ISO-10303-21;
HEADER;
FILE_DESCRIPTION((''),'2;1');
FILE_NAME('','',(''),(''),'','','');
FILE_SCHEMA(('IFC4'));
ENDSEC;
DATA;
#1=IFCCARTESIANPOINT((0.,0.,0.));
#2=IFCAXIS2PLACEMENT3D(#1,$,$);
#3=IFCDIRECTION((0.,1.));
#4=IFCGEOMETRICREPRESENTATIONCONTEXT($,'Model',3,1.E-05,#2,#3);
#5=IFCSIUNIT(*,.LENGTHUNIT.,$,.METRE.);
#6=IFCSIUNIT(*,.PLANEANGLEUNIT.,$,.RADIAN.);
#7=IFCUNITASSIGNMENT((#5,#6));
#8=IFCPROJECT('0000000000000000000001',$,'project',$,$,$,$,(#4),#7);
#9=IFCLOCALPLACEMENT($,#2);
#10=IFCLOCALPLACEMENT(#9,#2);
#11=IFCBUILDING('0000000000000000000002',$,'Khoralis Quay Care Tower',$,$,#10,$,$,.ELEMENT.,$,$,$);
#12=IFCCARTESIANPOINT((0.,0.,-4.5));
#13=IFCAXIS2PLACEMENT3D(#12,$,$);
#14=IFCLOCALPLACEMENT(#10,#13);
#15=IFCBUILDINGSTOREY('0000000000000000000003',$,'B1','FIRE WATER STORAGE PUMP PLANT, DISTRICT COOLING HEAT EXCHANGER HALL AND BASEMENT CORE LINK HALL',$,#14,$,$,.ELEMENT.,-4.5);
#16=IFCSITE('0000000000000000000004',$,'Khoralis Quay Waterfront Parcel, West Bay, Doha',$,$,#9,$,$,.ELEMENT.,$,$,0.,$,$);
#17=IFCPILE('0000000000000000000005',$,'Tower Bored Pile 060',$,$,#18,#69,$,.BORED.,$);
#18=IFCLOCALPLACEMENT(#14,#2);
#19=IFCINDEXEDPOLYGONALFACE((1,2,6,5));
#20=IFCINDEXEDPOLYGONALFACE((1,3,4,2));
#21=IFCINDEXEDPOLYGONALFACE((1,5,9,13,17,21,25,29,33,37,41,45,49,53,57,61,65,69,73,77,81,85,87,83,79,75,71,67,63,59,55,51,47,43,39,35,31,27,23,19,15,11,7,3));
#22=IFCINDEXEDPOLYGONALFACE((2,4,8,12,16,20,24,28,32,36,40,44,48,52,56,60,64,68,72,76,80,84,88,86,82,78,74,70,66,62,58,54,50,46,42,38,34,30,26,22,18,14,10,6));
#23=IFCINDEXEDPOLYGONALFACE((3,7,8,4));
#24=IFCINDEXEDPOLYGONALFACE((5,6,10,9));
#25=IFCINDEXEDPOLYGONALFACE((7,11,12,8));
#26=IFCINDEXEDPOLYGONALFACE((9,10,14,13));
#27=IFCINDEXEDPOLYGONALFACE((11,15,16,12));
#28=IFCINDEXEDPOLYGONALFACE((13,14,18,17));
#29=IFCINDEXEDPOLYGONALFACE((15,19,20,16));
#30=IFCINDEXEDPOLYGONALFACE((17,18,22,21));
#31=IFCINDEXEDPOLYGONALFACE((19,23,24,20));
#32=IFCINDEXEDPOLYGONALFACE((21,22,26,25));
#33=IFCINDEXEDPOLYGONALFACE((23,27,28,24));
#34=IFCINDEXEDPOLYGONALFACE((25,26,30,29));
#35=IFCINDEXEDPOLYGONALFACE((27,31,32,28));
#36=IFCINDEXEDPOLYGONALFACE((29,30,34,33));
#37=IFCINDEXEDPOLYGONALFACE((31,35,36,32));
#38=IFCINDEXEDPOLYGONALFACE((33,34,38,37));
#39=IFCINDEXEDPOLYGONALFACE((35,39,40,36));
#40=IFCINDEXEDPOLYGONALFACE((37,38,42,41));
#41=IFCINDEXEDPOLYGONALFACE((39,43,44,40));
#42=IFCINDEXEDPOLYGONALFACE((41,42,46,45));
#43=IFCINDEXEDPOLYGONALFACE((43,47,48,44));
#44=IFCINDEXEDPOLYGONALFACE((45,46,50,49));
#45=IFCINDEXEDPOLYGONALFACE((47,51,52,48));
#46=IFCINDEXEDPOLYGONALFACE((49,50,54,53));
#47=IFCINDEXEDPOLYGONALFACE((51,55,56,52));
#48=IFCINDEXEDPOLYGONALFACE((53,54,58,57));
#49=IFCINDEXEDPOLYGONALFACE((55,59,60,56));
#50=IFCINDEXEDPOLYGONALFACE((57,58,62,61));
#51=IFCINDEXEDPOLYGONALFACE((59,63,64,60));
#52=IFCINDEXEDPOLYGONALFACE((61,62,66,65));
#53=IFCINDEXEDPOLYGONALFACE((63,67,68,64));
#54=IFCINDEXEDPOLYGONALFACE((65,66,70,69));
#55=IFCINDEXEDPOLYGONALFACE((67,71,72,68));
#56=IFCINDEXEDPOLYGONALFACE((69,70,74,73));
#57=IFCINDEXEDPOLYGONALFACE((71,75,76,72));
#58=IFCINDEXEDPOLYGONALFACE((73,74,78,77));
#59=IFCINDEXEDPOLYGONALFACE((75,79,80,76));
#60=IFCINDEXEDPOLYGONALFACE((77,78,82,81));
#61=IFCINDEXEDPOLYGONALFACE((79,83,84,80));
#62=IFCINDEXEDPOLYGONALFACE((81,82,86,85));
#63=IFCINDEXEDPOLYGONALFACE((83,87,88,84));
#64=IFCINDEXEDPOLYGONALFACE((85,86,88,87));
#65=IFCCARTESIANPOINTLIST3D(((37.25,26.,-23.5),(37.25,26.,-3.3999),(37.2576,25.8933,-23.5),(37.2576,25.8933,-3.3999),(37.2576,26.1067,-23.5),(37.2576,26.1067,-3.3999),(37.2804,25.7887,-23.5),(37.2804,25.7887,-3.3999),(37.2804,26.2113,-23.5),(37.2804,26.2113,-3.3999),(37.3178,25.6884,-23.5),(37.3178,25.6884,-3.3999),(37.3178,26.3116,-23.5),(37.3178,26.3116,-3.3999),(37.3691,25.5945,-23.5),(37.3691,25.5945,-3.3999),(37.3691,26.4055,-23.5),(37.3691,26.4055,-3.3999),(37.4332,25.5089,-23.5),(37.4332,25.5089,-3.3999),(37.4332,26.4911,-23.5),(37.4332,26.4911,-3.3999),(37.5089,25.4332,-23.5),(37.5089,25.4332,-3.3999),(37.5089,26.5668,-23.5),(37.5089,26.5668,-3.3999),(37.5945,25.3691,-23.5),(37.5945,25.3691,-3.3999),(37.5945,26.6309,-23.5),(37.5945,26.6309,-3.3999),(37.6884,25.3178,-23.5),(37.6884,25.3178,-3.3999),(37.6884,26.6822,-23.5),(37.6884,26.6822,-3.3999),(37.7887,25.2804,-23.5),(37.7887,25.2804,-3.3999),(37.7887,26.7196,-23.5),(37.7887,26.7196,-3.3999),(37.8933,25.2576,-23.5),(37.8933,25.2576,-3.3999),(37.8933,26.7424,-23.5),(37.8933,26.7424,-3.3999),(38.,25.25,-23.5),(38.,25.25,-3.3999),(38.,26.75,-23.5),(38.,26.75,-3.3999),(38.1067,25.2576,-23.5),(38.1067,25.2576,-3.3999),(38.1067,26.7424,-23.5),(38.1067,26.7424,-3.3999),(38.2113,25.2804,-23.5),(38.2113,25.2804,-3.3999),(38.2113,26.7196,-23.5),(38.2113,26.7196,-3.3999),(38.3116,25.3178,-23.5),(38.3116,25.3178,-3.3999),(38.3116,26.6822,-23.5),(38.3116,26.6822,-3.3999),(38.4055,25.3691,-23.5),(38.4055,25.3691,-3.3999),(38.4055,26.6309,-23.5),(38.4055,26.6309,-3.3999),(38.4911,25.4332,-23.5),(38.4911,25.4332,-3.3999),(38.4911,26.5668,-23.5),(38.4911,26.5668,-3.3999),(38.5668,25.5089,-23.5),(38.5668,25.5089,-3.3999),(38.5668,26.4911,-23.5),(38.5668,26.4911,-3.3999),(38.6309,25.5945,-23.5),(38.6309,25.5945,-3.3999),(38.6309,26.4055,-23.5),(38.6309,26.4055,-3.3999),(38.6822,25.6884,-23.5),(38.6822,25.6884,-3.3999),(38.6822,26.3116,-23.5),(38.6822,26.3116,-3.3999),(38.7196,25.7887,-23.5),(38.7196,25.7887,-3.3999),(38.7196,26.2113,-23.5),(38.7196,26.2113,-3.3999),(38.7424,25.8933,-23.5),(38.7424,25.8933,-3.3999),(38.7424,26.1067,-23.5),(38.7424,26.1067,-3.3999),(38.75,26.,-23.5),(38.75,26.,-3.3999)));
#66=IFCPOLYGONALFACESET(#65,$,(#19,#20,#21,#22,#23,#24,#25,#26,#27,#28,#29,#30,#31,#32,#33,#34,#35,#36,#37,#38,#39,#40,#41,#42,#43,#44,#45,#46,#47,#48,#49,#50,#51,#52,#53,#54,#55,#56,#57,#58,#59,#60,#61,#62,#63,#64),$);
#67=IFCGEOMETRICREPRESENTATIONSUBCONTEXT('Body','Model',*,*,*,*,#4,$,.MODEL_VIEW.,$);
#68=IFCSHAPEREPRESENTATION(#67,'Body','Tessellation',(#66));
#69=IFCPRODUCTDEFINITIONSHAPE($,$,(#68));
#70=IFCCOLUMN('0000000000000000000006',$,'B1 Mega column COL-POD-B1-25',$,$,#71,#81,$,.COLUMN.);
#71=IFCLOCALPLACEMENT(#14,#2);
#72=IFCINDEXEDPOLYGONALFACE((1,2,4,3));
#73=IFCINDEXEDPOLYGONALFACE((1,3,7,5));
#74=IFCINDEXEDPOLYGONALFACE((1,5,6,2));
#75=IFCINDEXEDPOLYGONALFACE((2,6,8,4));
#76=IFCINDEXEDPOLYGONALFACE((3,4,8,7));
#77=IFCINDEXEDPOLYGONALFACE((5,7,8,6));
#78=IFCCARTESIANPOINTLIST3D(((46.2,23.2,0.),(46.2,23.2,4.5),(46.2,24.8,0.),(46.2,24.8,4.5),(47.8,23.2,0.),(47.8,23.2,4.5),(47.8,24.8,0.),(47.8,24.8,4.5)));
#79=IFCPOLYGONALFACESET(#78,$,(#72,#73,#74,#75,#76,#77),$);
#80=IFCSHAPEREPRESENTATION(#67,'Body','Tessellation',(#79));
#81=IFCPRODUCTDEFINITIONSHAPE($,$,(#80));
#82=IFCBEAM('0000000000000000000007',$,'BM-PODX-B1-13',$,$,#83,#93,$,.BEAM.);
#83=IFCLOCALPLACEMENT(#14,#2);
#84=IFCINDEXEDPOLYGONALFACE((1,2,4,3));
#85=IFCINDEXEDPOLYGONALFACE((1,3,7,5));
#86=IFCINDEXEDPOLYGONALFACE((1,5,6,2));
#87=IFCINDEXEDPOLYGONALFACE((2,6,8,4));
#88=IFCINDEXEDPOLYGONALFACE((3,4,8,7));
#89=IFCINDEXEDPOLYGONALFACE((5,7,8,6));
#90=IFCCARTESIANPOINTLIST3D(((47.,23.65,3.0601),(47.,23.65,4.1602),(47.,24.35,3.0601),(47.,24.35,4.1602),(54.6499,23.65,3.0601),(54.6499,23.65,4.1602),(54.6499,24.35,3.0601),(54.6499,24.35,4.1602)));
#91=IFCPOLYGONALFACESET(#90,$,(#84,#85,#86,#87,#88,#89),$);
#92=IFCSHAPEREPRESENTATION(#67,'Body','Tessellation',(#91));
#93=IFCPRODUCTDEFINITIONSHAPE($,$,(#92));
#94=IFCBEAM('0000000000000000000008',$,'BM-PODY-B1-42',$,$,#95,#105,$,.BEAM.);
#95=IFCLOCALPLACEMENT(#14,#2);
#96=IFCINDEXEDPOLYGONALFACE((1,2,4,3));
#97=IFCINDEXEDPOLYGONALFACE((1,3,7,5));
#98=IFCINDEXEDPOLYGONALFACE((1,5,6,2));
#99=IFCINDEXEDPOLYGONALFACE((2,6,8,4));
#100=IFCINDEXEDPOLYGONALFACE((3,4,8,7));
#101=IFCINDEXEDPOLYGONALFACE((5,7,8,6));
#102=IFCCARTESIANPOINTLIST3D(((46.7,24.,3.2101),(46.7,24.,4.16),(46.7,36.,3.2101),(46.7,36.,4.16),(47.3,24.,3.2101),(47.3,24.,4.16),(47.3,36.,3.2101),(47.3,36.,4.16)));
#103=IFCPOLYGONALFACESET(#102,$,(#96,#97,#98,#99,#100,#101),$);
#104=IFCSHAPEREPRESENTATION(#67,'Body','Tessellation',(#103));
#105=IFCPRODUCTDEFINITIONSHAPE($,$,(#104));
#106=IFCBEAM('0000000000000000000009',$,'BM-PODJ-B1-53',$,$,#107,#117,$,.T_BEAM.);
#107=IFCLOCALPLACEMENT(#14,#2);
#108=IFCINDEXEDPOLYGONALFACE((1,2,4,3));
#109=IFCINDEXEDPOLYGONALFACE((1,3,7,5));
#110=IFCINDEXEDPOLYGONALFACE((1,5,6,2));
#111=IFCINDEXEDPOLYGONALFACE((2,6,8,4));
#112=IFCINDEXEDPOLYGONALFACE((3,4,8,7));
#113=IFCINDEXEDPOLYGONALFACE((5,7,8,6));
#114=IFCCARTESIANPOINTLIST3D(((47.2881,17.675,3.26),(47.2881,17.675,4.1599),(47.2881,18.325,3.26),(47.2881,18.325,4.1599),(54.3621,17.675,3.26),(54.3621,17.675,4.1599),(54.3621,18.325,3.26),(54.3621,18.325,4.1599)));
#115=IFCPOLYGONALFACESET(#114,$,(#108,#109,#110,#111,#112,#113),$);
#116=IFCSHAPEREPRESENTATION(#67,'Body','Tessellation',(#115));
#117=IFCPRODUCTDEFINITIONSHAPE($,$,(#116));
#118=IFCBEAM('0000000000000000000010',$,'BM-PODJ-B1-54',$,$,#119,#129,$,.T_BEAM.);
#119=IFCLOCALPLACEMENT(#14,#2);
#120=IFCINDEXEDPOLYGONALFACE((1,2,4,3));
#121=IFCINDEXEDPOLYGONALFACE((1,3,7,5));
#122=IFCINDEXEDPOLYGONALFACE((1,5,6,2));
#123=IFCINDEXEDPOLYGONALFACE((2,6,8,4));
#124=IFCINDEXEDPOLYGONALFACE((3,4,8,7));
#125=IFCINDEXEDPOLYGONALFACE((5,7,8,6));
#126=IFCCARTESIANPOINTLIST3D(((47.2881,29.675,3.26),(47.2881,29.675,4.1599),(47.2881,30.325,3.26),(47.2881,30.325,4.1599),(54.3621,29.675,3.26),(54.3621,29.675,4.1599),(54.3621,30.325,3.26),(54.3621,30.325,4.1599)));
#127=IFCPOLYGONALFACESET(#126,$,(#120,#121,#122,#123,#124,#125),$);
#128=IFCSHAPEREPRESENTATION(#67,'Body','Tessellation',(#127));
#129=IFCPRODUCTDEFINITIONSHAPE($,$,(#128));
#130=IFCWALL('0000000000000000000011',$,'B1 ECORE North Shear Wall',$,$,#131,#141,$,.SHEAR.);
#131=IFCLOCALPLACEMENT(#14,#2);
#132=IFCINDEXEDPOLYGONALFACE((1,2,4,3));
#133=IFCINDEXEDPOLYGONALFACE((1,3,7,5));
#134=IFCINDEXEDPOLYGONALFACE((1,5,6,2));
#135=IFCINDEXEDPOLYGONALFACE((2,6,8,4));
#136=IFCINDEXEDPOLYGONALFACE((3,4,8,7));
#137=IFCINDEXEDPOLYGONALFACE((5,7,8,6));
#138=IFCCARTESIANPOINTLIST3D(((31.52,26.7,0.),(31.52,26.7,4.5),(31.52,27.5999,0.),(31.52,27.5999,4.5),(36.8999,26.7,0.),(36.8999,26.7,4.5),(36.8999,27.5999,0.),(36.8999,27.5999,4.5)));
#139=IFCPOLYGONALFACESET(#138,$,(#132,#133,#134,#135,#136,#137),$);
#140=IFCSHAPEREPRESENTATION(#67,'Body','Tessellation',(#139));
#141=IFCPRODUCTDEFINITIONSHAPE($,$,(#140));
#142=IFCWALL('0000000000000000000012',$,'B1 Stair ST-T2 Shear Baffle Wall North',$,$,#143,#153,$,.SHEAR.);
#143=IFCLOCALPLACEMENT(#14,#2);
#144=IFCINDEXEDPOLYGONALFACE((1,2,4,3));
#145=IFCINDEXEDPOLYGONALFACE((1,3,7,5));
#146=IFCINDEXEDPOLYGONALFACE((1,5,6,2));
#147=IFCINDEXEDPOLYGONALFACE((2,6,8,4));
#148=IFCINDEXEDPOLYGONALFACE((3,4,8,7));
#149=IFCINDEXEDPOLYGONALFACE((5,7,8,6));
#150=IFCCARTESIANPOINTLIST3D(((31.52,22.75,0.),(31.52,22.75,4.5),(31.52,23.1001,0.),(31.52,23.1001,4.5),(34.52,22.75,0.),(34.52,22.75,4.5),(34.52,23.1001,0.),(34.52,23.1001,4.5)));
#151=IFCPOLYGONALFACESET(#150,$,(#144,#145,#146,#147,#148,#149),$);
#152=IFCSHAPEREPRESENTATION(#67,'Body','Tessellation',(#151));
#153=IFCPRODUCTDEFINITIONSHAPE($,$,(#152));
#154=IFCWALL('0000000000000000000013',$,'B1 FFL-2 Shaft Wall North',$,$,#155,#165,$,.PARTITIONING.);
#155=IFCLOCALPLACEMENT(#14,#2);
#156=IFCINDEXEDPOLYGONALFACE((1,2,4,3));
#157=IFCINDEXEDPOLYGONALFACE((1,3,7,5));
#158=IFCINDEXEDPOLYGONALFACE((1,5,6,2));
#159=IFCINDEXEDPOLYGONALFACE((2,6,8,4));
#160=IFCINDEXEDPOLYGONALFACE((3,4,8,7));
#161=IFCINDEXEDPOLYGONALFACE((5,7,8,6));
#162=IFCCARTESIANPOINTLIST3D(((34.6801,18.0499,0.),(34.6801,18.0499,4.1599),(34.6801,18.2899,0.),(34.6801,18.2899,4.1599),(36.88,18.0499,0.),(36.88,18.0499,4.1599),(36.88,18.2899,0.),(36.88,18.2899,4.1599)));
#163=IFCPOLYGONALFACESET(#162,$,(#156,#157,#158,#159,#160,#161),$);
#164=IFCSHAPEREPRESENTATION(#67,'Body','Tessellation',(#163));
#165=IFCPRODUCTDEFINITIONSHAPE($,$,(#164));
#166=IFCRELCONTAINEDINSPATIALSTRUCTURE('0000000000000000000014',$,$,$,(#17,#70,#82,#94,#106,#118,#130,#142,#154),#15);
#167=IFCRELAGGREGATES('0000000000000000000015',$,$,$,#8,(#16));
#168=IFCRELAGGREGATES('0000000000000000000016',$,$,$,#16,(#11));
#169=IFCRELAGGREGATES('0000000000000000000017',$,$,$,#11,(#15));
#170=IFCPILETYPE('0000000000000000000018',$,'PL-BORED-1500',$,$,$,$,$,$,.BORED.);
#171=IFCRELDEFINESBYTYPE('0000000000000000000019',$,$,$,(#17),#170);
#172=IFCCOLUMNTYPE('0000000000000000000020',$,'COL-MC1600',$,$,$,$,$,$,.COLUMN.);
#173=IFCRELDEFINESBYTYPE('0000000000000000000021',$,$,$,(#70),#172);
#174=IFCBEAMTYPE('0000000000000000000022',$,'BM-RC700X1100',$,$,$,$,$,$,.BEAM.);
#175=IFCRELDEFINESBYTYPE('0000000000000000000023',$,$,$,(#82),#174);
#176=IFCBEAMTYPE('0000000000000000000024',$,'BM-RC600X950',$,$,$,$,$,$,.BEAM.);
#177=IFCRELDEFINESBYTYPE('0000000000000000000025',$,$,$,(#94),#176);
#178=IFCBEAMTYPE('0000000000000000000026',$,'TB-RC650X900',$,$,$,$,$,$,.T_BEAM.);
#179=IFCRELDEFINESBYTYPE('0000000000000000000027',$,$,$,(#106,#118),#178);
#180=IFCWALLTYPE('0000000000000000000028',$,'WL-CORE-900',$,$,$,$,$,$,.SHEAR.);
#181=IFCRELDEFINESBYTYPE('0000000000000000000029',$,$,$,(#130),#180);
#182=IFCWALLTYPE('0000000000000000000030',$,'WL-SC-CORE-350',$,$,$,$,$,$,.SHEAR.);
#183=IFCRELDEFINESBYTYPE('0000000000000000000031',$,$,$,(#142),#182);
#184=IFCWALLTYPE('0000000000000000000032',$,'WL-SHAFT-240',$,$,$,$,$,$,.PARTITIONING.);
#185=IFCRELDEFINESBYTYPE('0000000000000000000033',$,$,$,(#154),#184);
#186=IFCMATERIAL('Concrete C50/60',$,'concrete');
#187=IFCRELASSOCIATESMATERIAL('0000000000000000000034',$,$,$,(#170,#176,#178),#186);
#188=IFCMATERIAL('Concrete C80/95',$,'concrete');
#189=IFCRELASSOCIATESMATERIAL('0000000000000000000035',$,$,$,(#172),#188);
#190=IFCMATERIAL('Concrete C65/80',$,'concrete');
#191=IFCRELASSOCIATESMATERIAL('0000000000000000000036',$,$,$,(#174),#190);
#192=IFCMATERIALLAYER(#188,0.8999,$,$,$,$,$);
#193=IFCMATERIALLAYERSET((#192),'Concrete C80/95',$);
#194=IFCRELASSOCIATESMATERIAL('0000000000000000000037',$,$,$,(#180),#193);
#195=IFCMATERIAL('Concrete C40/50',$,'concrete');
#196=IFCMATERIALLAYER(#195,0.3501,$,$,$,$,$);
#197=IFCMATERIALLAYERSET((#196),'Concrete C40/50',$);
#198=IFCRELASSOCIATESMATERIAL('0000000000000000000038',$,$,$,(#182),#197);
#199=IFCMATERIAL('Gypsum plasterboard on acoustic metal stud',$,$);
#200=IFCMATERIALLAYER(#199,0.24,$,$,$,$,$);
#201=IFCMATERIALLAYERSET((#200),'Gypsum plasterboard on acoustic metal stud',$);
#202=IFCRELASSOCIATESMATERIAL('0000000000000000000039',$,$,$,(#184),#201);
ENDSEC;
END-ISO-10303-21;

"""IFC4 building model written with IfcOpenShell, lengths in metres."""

from ifc_helpers import new_model, si_unit, direction, frame, frame_2d, origin, origin_2d, place, context, subcontext, project, spatial, rectangle, circle, extrude, source, transform, mapped, material, layer, layer_set, material_profile, profile_set, type_object, element, save


model = new_model("IFC4")

# Units and contexts
model_context = context("Model", 3, precision=1e-05, world=origin(), true_north=direction((0.0, 1.0)))
body_context = subcontext(model_context, "Body", "Model", "MODEL_VIEW")
ifc_project = project(units=[si_unit("LENGTHUNIT", "METRE"), si_unit("PLANEANGLEUNIT", "RADIAN")], contexts=[model_context])

# Site, building, storey
site_placement = place(None, origin())
site = spatial("IfcSite", under=ifc_project, at=site_placement, Name="Khoralis Quay Waterfront Parcel, West Bay, Doha", CompositionType="ELEMENT", RefElevation=0.0)
building_placement = place(site_placement, origin())
building = spatial("IfcBuilding", under=site, at=building_placement, Name="Khoralis Quay Care Tower", CompositionType="ELEMENT")
storey_placement = place(building_placement, frame((0.0, 0.0, -4.5)))
storey = spatial("IfcBuildingStorey", under=building, at=storey_placement, Name="B1", Description="FIRE WATER STORAGE PUMP PLANT, DISTRICT COOLING HEAT EXCHANGER HALL AND BASEMENT CORE LINK HALL", CompositionType="ELEMENT", Elevation=-4.5)

# Pile
ifc_material_1 = material(Name="Concrete C50/60", Category="concrete")
ifc_material_profile_1 = material_profile(ifc_material_1, circle(Radius=0.75, at=origin_2d()), Name="Concrete C50/60")
ifc_profile_set_1 = profile_set([ifc_material_profile_1], Name="Concrete C50/60")
pile_type_1 = type_object("IfcPileType", Name="PL-BORED-1500", PredefinedType="BORED", material=ifc_profile_set_1)
shared_shape_1 = source(origin(), body_context, "Body", "SweptSolid", [
    extrude(circle(Radius=0.75, at=origin_2d()), origin(), (0.0, 0.0, 1.0), 20.1001),
])
for number, where, z_axis, x_axis, name in (
    (1, (38.0, 26.0, -3.3999), (0.0, 0.0, -1.0), (1.0, 0.0, 0.0), "Tower Bored Pile 060"),
):
    element("IfcPile", number, at=place(storey_placement, frame(where, z_axis=z_axis, x_axis=x_axis)), inside=storey, type_object=pile_type_1, Name=name, PredefinedType="BORED", context=body_context, shape_type="MappedRepresentation", body=[
        mapped(shared_shape_1, transform((0.0, 0.0, 0.0), scale=1.0)),
    ])

# Column
ifc_material_2 = material(Name="Concrete C80/95", Category="concrete")
ifc_material_profile_2 = material_profile(ifc_material_2, rectangle(XDim=1.6001, YDim=1.6001, at=origin_2d()), Name="Concrete C80/95")
ifc_profile_set_2 = profile_set([ifc_material_profile_2], Name="Concrete C80/95")
column_type = type_object("IfcColumnType", Name="COL-MC1600", PredefinedType="COLUMN", material=ifc_profile_set_2)
shared_shape_2 = source(origin(), body_context, "Body", "SweptSolid", [
    extrude(rectangle(XDim=1.6001, YDim=1.6001, at=origin_2d()), origin(), (0.0, 0.0, 1.0), 4.5),
])
column_placement = place(storey_placement, frame((47.0, 24.0, 0.0), z_axis=(0.0, 0.0, 1.0), x_axis=(1.0, 0.0, 0.0)))
element("IfcColumn", 2, at=column_placement, inside=storey, type_object=column_type, Name="B1 Mega column COL-POD-B1-25", PredefinedType="COLUMN", context=body_context, shape_type="MappedRepresentation", body=[
    mapped(shared_shape_2, transform((0.0, 0.0, 0.0), scale=1.0)),
])

# Beams
ifc_material_3 = material(Name="Concrete C65/80", Category="concrete")
ifc_material_profile_3 = material_profile(ifc_material_3, rectangle(XDim=0.7, YDim=1.1001, at=origin_2d()), Name="Concrete C65/80")
ifc_profile_set_3 = profile_set([ifc_material_profile_3], Name="Concrete C65/80")
beam_type_1 = type_object("IfcBeamType", Name="BM-RC700X1100", PredefinedType="BEAM", material=ifc_profile_set_3)
shared_shape_3 = source(origin(), body_context, "Body", "SweptSolid", [
    extrude(rectangle(XDim=0.7, YDim=1.1001, at=origin_2d()), origin(), (0.0, 0.0, 1.0), 7.6499),
])
beam_1_placement = place(storey_placement, frame((47.0, 24.0, 3.6101), z_axis=(1.0, 0.0, 0.0), x_axis=(0.0, 1.0, 0.0)))
element("IfcBeam", 3, at=beam_1_placement, inside=storey, type_object=beam_type_1, Name="BM-PODX-B1-13", PredefinedType="BEAM", context=body_context, shape_type="MappedRepresentation", body=[
    mapped(shared_shape_3, transform((0.0, 0.0, 0.0), scale=1.0)),
])
ifc_material_profile_4 = material_profile(ifc_material_1, rectangle(XDim=0.6001, YDim=0.95, at=origin_2d()), Name="Concrete C50/60")
ifc_profile_set_4 = profile_set([ifc_material_profile_4], Name="Concrete C50/60")
beam_type_2 = type_object("IfcBeamType", Name="BM-RC600X950", PredefinedType="BEAM", material=ifc_profile_set_4)
shared_shape_4 = source(origin(), body_context, "Body", "SweptSolid", [
    extrude(rectangle(XDim=0.6001, YDim=0.95, at=origin_2d()), origin(), (0.0, 0.0, 1.0), 12.0),
])
beam_2_placement = place(storey_placement, frame((47.0, 24.0, 3.6851), z_axis=(0.0, 1.0, 0.0), x_axis=(-1.0, 0.0, 0.0)))
element("IfcBeam", 4, at=beam_2_placement, inside=storey, type_object=beam_type_2, Name="BM-PODY-B1-42", PredefinedType="BEAM", context=body_context, shape_type="MappedRepresentation", body=[
    mapped(shared_shape_4, transform((0.0, 0.0, 0.0), scale=1.0)),
])
ifc_material_profile_5 = material_profile(ifc_material_1, rectangle(XDim=0.6499, YDim=0.8999, at=origin_2d()), Name="Concrete C50/60")
ifc_profile_set_5 = profile_set([ifc_material_profile_5], Name="Concrete C50/60")
beam_type_3 = type_object("IfcBeamType", Name="TB-RC650X900", PredefinedType="T_BEAM", material=ifc_profile_set_5)
shared_shape_5 = source(origin(), body_context, "Body", "SweptSolid", [
    extrude(rectangle(XDim=0.6499, YDim=0.8999, at=origin_2d()), origin(), (0.0, 0.0, 1.0), 7.074),
])
for number, where, z_axis, x_axis, name in (
    (5, (47.2881, 18.0, 3.71), (1.0, 0.0, 0.0), (0.0, 1.0, 0.0), "BM-PODJ-B1-53"),
    (6, (47.2881, 30.0, 3.71), (1.0, 0.0, 0.0), (0.0, 1.0, 0.0), "BM-PODJ-B1-54"),
):
    element("IfcBeam", number, at=place(storey_placement, frame(where, z_axis=z_axis, x_axis=x_axis)), inside=storey, type_object=beam_type_3, Name=name, PredefinedType="T_BEAM", context=body_context, shape_type="MappedRepresentation", body=[
        mapped(shared_shape_5, transform((0.0, 0.0, 0.0), scale=1.0)),
    ])

# Walls
ifc_layer_1 = layer(ifc_material_2, 0.8999)
ifc_layer_set_1 = layer_set([ifc_layer_1], Name="Concrete C80/95")
wall_type_1 = type_object("IfcWallType", Name="WL-CORE-900", PredefinedType="SHEAR", material=ifc_layer_set_1)
wall_1_placement = place(storey_placement, frame((31.52, 27.1499, 0.0), z_axis=(0.0, 0.0, 1.0), x_axis=(1.0, 0.0, 0.0)))
element("IfcWall", 7, at=wall_1_placement, inside=storey, type_object=wall_type_1, Name="B1 ECORE North Shear Wall", PredefinedType="SHEAR", context=body_context, shape_type="SweptSolid", body=[
    extrude(rectangle(XDim=5.3799, YDim=0.8999, at=frame_2d((2.6899, 0.0))), origin(), (0.0, 0.0, 1.0), 4.5),
])
ifc_material_4 = material(Name="Concrete C40/50", Category="concrete")
ifc_layer_2 = layer(ifc_material_4, 0.3501)
ifc_layer_set_2 = layer_set([ifc_layer_2], Name="Concrete C40/50")
wall_type_2 = type_object("IfcWallType", Name="WL-SC-CORE-350", PredefinedType="SHEAR", material=ifc_layer_set_2)
wall_2_placement = place(storey_placement, frame((31.52, 22.925, 0.0), z_axis=(0.0, 0.0, 1.0), x_axis=(1.0, 0.0, 0.0)))
element("IfcWall", 8, at=wall_2_placement, inside=storey, type_object=wall_type_2, Name="B1 Stair ST-T2 Shear Baffle Wall North", PredefinedType="SHEAR", context=body_context, shape_type="SweptSolid", body=[
    extrude(rectangle(XDim=3.0, YDim=0.3501, at=frame_2d((1.5, 0.0))), origin(), (0.0, 0.0, 1.0), 4.5),
])
ifc_material_5 = material(Name="Gypsum plasterboard on acoustic metal stud")
ifc_layer_3 = layer(ifc_material_5, 0.24)
ifc_layer_set_3 = layer_set([ifc_layer_3], Name="Gypsum plasterboard on acoustic metal stud")
wall_type_3 = type_object("IfcWallType", Name="WL-SHAFT-240", PredefinedType="PARTITIONING", material=ifc_layer_set_3)
wall_3_placement = place(storey_placement, frame((34.6799, 18.1699, 0.0), z_axis=(0.0, 0.0, 1.0), x_axis=(1.0, 0.0, 0.0)))
element("IfcWall", 9, at=wall_3_placement, inside=storey, type_object=wall_type_3, Name="B1 FFL-2 Shaft Wall North", PredefinedType="PARTITIONING", context=body_context, shape_type="SweptSolid", body=[
    extrude(rectangle(XDim=2.2, YDim=0.24, at=frame_2d((1.1001, 0.0))), origin(), (0.0, 0.0, 1.0), 4.1599),
])

save(model, "model.ifc")
